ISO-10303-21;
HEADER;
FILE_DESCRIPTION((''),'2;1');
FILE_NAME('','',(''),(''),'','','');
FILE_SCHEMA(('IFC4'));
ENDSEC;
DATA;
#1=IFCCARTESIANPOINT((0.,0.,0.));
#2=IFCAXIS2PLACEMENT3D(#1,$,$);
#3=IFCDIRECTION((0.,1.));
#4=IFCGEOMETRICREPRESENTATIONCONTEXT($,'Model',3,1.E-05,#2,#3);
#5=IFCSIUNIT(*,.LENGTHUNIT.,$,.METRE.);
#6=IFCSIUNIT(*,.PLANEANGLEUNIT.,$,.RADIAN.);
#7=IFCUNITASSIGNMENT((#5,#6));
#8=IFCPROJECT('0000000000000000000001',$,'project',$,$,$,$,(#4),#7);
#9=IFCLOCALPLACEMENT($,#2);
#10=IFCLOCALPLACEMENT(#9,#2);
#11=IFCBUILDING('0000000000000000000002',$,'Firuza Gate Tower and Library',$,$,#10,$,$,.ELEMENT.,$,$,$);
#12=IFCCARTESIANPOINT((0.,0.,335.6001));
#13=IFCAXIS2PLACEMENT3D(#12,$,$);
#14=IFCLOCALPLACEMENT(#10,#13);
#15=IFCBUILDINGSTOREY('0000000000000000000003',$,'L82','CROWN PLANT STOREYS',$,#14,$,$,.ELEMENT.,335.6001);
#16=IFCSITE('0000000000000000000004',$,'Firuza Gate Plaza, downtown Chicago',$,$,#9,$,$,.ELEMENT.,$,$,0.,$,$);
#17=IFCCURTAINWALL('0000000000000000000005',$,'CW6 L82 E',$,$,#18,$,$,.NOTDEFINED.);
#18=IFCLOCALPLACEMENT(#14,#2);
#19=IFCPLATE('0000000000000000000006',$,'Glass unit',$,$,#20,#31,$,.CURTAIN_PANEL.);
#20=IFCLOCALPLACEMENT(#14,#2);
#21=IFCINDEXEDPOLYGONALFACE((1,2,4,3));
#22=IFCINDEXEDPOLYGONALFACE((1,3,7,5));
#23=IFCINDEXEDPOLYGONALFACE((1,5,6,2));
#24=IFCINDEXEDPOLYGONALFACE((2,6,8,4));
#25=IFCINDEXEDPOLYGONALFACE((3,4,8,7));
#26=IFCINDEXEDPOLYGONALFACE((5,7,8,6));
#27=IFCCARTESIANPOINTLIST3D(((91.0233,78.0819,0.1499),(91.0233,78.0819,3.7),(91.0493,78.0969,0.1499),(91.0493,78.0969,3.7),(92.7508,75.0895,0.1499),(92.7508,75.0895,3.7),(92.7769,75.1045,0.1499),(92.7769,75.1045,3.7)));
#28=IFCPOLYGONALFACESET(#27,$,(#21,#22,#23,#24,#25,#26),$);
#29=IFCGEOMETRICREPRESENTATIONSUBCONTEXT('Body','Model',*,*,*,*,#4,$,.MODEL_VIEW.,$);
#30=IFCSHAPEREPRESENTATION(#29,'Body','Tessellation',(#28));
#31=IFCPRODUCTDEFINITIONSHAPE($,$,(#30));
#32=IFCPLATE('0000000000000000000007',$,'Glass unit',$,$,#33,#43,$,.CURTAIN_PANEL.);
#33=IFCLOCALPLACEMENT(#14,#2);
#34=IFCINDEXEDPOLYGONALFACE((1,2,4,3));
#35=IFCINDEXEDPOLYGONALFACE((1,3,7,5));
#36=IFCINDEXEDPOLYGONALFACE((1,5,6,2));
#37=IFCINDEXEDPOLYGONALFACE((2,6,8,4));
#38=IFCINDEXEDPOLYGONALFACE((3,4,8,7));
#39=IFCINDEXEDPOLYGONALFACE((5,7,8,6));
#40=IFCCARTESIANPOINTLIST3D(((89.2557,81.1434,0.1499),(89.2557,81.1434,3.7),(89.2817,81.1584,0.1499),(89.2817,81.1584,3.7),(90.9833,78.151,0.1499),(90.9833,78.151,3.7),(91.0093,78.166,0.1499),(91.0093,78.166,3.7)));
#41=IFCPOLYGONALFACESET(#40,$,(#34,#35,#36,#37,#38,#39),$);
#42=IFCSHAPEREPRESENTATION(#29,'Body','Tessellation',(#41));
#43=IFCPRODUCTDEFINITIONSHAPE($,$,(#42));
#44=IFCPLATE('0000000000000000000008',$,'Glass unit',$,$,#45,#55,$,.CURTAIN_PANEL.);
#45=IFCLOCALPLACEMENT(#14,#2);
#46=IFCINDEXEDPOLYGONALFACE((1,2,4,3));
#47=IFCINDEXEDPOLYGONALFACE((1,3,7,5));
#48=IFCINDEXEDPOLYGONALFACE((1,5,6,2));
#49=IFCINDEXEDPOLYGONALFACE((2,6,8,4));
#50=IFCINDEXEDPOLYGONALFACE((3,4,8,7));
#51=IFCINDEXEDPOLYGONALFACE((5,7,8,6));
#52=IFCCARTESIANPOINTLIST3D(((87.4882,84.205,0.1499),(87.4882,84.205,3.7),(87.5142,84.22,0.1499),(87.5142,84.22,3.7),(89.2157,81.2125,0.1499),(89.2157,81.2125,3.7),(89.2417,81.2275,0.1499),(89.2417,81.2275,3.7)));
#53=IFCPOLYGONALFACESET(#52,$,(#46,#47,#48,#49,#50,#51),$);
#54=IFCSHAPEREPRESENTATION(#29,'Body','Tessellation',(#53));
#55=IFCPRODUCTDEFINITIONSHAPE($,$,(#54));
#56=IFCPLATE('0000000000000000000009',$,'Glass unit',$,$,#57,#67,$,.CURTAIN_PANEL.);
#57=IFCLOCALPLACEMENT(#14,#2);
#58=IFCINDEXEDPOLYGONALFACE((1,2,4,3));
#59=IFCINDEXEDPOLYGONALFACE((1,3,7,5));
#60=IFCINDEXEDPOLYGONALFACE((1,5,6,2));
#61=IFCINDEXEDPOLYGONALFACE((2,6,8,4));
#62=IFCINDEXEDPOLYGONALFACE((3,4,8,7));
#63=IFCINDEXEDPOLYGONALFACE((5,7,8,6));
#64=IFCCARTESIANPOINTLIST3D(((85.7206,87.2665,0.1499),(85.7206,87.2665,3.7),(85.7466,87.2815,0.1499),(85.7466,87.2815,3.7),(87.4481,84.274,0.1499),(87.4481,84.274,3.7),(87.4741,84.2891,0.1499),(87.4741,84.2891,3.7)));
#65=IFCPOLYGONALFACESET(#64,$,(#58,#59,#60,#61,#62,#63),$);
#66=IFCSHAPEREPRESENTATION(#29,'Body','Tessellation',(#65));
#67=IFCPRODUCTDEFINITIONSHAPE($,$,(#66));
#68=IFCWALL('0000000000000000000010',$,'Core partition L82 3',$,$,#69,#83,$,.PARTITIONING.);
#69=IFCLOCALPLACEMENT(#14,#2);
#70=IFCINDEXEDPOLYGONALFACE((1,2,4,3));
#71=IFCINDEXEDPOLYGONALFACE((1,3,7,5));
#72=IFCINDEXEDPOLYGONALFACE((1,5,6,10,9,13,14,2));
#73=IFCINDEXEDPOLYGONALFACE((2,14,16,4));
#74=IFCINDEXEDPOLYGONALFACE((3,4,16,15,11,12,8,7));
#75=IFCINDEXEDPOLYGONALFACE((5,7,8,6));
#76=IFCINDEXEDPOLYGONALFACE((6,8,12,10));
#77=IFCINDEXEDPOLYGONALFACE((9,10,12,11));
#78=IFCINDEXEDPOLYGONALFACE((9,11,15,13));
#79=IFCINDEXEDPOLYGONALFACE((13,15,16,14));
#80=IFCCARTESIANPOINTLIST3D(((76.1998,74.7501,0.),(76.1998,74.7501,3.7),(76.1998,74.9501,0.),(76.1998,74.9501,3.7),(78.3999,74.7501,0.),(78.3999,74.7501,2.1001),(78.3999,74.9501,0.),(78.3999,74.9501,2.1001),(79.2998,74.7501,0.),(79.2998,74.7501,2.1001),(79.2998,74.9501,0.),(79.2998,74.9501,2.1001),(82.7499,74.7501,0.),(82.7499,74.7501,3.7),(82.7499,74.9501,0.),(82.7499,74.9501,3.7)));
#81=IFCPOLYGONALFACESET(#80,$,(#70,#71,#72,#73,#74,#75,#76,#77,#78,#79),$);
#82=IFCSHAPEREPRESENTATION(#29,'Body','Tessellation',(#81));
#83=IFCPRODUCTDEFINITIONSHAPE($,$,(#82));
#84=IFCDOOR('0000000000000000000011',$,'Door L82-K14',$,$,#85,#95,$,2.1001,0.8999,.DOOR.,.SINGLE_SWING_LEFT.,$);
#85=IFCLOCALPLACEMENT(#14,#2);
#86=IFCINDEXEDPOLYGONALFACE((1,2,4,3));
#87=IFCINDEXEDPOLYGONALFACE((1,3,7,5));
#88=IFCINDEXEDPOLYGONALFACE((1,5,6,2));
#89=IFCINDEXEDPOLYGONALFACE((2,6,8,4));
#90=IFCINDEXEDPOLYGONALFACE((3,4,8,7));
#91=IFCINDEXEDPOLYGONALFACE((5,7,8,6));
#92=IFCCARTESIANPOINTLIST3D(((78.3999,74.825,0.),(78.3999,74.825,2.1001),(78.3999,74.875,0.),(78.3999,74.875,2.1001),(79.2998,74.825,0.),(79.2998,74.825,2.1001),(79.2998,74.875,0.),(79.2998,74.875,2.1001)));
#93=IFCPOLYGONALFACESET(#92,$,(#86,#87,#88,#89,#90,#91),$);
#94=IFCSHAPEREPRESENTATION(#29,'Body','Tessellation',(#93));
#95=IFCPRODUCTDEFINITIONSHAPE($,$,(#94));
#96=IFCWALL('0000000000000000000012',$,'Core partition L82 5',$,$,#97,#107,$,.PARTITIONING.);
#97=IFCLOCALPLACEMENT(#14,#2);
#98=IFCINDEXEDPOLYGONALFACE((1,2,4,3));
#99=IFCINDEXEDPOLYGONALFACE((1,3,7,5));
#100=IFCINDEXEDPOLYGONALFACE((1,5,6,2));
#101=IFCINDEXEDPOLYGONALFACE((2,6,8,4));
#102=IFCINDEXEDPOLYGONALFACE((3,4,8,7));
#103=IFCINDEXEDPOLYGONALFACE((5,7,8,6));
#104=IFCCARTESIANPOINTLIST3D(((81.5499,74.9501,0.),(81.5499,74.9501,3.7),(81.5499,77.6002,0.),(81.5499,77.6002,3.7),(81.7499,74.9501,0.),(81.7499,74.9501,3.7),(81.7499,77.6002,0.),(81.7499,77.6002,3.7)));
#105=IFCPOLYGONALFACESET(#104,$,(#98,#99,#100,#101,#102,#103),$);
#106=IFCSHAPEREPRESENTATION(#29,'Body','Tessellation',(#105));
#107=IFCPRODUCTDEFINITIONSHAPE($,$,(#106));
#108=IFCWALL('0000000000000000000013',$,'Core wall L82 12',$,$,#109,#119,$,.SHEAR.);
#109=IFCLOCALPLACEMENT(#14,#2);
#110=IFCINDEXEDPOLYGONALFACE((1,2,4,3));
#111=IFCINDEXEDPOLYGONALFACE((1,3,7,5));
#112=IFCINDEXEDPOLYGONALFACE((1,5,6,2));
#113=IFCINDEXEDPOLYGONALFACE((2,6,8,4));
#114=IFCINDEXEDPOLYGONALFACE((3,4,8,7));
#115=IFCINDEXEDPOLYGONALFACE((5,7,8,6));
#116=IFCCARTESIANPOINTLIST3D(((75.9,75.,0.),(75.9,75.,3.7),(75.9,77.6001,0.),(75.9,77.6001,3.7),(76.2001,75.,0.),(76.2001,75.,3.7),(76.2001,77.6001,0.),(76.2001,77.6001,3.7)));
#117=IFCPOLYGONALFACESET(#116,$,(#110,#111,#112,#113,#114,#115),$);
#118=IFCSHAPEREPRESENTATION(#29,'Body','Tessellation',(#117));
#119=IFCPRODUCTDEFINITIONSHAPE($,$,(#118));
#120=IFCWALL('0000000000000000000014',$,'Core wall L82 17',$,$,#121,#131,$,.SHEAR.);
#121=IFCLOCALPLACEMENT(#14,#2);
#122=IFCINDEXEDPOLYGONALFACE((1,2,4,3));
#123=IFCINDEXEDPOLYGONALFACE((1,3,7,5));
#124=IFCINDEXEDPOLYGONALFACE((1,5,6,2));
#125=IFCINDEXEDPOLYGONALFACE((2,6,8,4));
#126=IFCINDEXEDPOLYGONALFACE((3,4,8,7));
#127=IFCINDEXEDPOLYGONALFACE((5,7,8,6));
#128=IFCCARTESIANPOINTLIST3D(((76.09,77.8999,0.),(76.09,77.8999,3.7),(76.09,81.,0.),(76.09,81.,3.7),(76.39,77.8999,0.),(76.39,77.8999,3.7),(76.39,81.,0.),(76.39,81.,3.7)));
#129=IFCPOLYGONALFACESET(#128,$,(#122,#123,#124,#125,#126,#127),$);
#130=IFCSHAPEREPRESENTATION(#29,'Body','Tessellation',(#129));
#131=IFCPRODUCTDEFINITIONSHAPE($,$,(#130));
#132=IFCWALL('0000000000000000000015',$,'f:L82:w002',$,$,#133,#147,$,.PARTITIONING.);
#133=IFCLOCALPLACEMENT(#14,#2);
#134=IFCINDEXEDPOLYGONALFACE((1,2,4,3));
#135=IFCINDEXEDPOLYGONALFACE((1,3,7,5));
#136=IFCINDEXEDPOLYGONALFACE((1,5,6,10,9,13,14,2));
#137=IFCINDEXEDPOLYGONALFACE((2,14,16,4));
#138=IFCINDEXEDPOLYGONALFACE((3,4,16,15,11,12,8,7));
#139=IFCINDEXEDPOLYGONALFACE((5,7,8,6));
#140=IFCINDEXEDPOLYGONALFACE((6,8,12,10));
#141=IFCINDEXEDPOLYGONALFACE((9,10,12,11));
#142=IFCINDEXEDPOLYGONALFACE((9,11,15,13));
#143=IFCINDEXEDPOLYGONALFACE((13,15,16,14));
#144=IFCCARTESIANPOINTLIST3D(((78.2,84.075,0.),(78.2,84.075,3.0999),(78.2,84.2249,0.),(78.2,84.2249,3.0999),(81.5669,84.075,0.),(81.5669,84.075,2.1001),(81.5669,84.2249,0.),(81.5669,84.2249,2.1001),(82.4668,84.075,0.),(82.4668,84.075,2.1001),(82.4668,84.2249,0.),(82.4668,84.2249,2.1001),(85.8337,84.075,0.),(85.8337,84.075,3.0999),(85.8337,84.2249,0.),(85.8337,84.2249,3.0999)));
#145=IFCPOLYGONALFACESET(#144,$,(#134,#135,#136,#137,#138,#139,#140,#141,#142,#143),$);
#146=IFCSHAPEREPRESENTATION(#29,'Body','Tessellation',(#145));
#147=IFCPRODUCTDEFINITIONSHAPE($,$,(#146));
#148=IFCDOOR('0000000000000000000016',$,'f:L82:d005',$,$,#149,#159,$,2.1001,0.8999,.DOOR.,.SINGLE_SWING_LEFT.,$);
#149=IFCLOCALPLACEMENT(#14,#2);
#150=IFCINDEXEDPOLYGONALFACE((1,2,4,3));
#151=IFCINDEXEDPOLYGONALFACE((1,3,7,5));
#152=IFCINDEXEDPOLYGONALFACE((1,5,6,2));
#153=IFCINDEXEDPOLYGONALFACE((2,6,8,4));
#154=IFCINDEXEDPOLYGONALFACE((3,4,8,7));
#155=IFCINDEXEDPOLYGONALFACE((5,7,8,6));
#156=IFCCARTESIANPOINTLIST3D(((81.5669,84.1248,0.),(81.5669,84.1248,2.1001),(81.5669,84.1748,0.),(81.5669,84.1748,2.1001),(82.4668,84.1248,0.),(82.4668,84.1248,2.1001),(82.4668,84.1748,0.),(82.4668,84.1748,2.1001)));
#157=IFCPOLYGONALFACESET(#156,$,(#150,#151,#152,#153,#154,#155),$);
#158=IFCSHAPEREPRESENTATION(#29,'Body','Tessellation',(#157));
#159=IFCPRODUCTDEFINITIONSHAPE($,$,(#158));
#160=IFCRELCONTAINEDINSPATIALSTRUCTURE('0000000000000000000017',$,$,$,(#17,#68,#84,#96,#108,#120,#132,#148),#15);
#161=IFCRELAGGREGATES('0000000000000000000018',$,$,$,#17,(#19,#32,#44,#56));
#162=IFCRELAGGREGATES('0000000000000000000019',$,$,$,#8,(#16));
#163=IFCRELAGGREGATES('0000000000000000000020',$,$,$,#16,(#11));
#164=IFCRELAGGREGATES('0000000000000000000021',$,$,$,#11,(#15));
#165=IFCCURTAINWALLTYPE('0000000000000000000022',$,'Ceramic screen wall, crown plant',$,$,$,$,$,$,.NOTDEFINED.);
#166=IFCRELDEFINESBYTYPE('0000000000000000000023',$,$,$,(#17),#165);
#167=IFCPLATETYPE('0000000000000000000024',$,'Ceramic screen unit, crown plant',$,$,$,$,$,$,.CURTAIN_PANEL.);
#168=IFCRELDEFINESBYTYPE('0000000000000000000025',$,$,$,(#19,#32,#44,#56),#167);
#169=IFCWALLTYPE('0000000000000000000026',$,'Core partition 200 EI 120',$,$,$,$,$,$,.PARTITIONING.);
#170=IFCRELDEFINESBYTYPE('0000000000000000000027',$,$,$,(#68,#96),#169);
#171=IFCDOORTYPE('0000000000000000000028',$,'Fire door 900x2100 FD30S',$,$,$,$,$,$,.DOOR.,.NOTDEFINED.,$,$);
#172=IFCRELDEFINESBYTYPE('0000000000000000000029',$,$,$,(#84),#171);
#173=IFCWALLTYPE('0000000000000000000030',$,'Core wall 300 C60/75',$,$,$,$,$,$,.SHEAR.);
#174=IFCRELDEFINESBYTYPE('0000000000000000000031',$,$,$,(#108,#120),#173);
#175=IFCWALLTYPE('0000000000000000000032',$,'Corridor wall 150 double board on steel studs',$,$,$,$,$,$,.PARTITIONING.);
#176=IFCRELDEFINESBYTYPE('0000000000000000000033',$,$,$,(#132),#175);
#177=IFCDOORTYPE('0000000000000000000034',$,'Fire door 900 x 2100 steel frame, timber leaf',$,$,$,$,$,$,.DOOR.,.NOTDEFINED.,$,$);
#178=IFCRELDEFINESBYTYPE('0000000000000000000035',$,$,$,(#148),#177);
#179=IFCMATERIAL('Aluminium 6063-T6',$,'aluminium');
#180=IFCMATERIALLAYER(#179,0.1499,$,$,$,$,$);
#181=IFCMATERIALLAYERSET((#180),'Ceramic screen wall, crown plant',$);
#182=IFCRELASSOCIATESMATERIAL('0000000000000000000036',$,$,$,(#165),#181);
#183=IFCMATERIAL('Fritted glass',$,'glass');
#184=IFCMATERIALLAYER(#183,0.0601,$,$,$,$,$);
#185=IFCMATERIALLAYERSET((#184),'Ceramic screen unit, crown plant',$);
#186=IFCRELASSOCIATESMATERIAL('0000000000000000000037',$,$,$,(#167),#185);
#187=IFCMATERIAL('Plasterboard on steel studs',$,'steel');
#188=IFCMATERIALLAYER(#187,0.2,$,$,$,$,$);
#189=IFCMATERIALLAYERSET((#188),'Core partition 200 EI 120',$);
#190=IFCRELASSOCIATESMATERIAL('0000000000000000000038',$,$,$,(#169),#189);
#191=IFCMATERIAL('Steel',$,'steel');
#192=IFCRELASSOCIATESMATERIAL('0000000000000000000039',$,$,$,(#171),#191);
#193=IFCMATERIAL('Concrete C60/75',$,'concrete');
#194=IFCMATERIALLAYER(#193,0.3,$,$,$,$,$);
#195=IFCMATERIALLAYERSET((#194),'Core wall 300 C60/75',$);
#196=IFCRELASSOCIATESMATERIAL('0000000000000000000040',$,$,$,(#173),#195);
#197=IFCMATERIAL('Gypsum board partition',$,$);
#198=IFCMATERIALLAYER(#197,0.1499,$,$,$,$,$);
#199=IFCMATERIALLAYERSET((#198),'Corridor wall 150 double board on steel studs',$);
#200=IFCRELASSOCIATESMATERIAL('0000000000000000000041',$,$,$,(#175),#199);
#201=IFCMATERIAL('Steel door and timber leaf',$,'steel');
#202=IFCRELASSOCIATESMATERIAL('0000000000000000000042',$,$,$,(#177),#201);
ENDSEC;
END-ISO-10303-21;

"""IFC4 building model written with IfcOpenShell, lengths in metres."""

from ifc_helpers import new_model, si_unit, direction, frame, frame_2d, origin, place, context, subcontext, project, spatial, polyline, rectangle, outline, extrude, material, layer, layer_set, type_object, element, fill, aggregate, save


model = new_model("IFC4")

# Units and contexts
model_context = context("Model", 3, precision=1e-05, world=origin(), true_north=direction((0.0, 1.0)))
body_context = subcontext(model_context, "Body", "Model", "MODEL_VIEW")
ifc_project = project(units=[si_unit("LENGTHUNIT", "METRE"), si_unit("PLANEANGLEUNIT", "RADIAN")], contexts=[model_context])

# Site, building, storey
site_placement = place(None, origin())
site = spatial("IfcSite", under=ifc_project, at=site_placement, Name="Firuza Gate Plaza, downtown Chicago", CompositionType="ELEMENT", RefElevation=0.0)
building_placement = place(site_placement, origin())
building = spatial("IfcBuilding", under=site, at=building_placement, Name="Firuza Gate Tower and Library", CompositionType="ELEMENT")
storey_placement = place(building_placement, frame((0.0, 0.0, 335.6001)))
storey = spatial("IfcBuildingStorey", under=building, at=storey_placement, Name="L82", Description="CROWN PLANT STOREYS", CompositionType="ELEMENT", Elevation=335.6001)

# Curtain wall
ifc_material_1 = material(Name="Aluminium 6063-T6", Category="aluminium")
ifc_layer_1 = layer(ifc_material_1, 0.1499)
ifc_layer_set_1 = layer_set([ifc_layer_1], Name="Ceramic screen wall, crown plant")
curtain_wall_type = type_object("IfcCurtainWallType", Name="Ceramic screen wall, crown plant", PredefinedType="NOTDEFINED", material=ifc_layer_set_1)
placement = place(storey_placement, origin())
curtain_wall = element("IfcCurtainWall", 1, at=placement, inside=storey, type_object=curtain_wall_type, Name="CW6 L82 E", PredefinedType="NOTDEFINED")

# Plates
ifc_material_2 = material(Name="Fritted glass", Category="glass")
ifc_layer_2 = layer(ifc_material_2, 0.0601)
ifc_layer_set_2 = layer_set([ifc_layer_2], Name="Ceramic screen unit, crown plant")
plate_type = type_object("IfcPlateType", Name="Ceramic screen unit, crown plant", PredefinedType="CURTAIN_PANEL", material=ifc_layer_set_2)
plate_1_placement = place(storey_placement, frame((92.7769, 75.1045, 0.1499), z_axis=(0.866043, 0.499969, 0.0), x_axis=(-0.499969, 0.866043, 0.0)))
plate_1 = element("IfcPlate", 2, at=plate_1_placement, type_object=plate_type, Name="Glass unit", PredefinedType="CURTAIN_PANEL", context=body_context, shape_type="SweptSolid", body=[
    extrude(outline(polyline([(0.0, 0.0), (3.4553, 0.0), (3.4553, 3.55), (0.0, 3.55), (0.0, 0.0)])), origin(), (0.0, 0.0, -1.0), 0.03),
])
plate_2_placement = place(storey_placement, frame((91.0093, 78.166, 0.1499), z_axis=(0.866043, 0.499969, 0.0), x_axis=(-0.499969, 0.866043, 0.0)))
plate_2 = element("IfcPlate", 3, at=plate_2_placement, type_object=plate_type, Name="Glass unit", PredefinedType="CURTAIN_PANEL", context=body_context, shape_type="SweptSolid", body=[
    extrude(outline(polyline([(0.0, 0.0), (3.4553, 0.0), (3.4553, 3.55), (0.0, 3.55), (0.0, 0.0)])), origin(), (0.0, 0.0, -1.0), 0.03),
])
plate_3_placement = place(storey_placement, frame((89.2417, 81.2275, 0.1499), z_axis=(0.866043, 0.499969, 0.0), x_axis=(-0.499969, 0.866043, 0.0)))
plate_3 = element("IfcPlate", 4, at=plate_3_placement, type_object=plate_type, Name="Glass unit", PredefinedType="CURTAIN_PANEL", context=body_context, shape_type="SweptSolid", body=[
    extrude(outline(polyline([(0.0, 0.0), (3.4553, 0.0), (3.4553, 3.55), (0.0, 3.55), (0.0, 0.0)])), origin(), (0.0, 0.0, -1.0), 0.03),
])
plate_4_placement = place(storey_placement, frame((87.4741, 84.2891, 0.1499), z_axis=(0.866043, 0.499969, 0.0), x_axis=(-0.499969, 0.866043, 0.0)))
plate_4 = element("IfcPlate", 5, at=plate_4_placement, type_object=plate_type, Name="Glass unit", PredefinedType="CURTAIN_PANEL", context=body_context, shape_type="SweptSolid", body=[
    extrude(outline(polyline([(0.0, 0.0), (3.4553, 0.0), (3.4553, 3.55), (0.0, 3.55), (0.0, 0.0)])), origin(), (0.0, 0.0, -1.0), 0.03),
])
aggregate(curtain_wall, [plate_1, plate_2, plate_3, plate_4])

# Wall, opening, door
ifc_material_3 = material(Name="Plasterboard on steel studs", Category="steel")
ifc_layer_3 = layer(ifc_material_3, 0.2)
ifc_layer_set_3 = layer_set([ifc_layer_3], Name="Core partition 200 EI 120")
wall_type_1 = type_object("IfcWallType", Name="Core partition 200 EI 120", PredefinedType="PARTITIONING", material=ifc_layer_set_3)
wall_1_placement = place(storey_placement, frame((76.2, 74.8501, 0.0), z_axis=(0.0, 0.0, 1.0), x_axis=(1.0, 0.0, 0.0)))
wall_1 = element("IfcWall", 6, at=wall_1_placement, inside=storey, type_object=wall_type_1, Name="Core partition L82 3", PredefinedType="PARTITIONING", context=body_context, shape_type="SweptSolid", body=[
    extrude(rectangle(XDim=6.55, YDim=0.2, at=frame_2d((3.2749, 0.0))), origin(), (0.0, 0.0, 1.0), 3.7),
])
opening_1_placement = place(wall_1_placement, frame((2.2, 0.0, 0.0)))
opening_1 = element("IfcOpeningElement", 7, at=opening_1_placement, cuts=wall_1, PredefinedType="OPENING", context=body_context, shape_type="SweptSolid", body=[
    extrude(rectangle(XDim=0.8999, YDim=2.1001, at=frame_2d((0.45, 1.05))), frame((0.0, 0.1099, 0.0), z_axis=(0.0, -1.0, 0.0), x_axis=(1.0, 0.0, 0.0)), (0.0, 0.0, 1.0), 0.22),
])
ifc_material_4 = material(Name="Steel", Category="steel")
door_type_1 = type_object("IfcDoorType", Name="Fire door 900x2100 FD30S", OperationType="NOTDEFINED", PredefinedType="DOOR", material=ifc_material_4)
door_1_placement = place(opening_1_placement, origin())
door_1 = element("IfcDoor", 8, at=door_1_placement, inside=storey, type_object=door_type_1, Name="Door L82-K14", OperationType="SINGLE_SWING_LEFT", OverallHeight=2.1001, OverallWidth=0.8999, PredefinedType="DOOR", context=body_context, shape_type="SweptSolid", body=[
    extrude(rectangle(XDim=0.8999, YDim=2.1001, at=frame_2d((0.45, 1.05))), frame((0.0, 0.0249, 0.0), z_axis=(0.0, -1.0, 0.0), x_axis=(1.0, 0.0, 0.0)), (0.0, 0.0, 1.0), 0.05),
])
fill(opening_1, door_1)

# Walls
wall_2_placement = place(storey_placement, frame((81.6499, 74.95, 0.0), z_axis=(0.0, 0.0, 1.0), x_axis=(0.0, 1.0, 0.0)))
element("IfcWall", 9, at=wall_2_placement, inside=storey, type_object=wall_type_1, Name="Core partition L82 5", PredefinedType="PARTITIONING", context=body_context, shape_type="SweptSolid", body=[
    extrude(rectangle(XDim=2.6501, YDim=0.2, at=frame_2d((1.3252, 0.0))), origin(), (0.0, 0.0, 1.0), 3.7),
])
ifc_material_5 = material(Name="Concrete C60/75", Category="concrete")
ifc_layer_4 = layer(ifc_material_5, 0.3)
ifc_layer_set_4 = layer_set([ifc_layer_4], Name="Core wall 300 C60/75")
wall_type_2 = type_object("IfcWallType", Name="Core wall 300 C60/75", PredefinedType="SHEAR", material=ifc_layer_set_4)
wall_3_placement = place(storey_placement, frame((76.05, 75.0, 0.0), z_axis=(0.0, 0.0, 1.0), x_axis=(0.0, 1.0, 0.0)))
element("IfcWall", 10, at=wall_3_placement, inside=storey, type_object=wall_type_2, Name="Core wall L82 12", PredefinedType="SHEAR", context=body_context, shape_type="SweptSolid", body=[
    extrude(rectangle(XDim=2.6001, YDim=0.3, at=frame_2d((1.3, 0.0))), origin(), (0.0, 0.0, 1.0), 3.7),
])
wall_4_placement = place(storey_placement, frame((76.24, 77.8999, 0.0), z_axis=(0.0, 0.0, 1.0), x_axis=(0.0, 1.0, 0.0)))
element("IfcWall", 11, at=wall_4_placement, inside=storey, type_object=wall_type_2, Name="Core wall L82 17", PredefinedType="SHEAR", context=body_context, shape_type="SweptSolid", body=[
    extrude(rectangle(XDim=3.1001, YDim=0.3, at=frame_2d((1.55, 0.0))), origin(), (0.0, 0.0, 1.0), 3.7),
])

# Wall, opening, door
ifc_material_6 = material(Name="Gypsum board partition")
ifc_layer_5 = layer(ifc_material_6, 0.1499)
ifc_layer_set_5 = layer_set([ifc_layer_5], Name="Corridor wall 150 double board on steel studs")
wall_type_3 = type_object("IfcWallType", Name="Corridor wall 150 double board on steel studs", PredefinedType="PARTITIONING", material=ifc_layer_set_5)
wall_5_placement = place(storey_placement, frame((78.2, 84.1499, 0.0), z_axis=(0.0, 0.0, 1.0), x_axis=(1.0, 0.0, 0.0)))
wall_5 = element("IfcWall", 12, at=wall_5_placement, inside=storey, type_object=wall_type_3, Name="f:L82:w002", PredefinedType="PARTITIONING", context=body_context, shape_type="SweptSolid", body=[
    extrude(rectangle(XDim=7.6338, YDim=0.1499, at=frame_2d((3.8169, 0.0))), origin(), (0.0, 0.0, 1.0), 3.0999),
])
opening_2_placement = place(wall_5_placement, frame((3.3669, 0.0, 0.0)))
opening_2 = element("IfcOpeningElement", 13, at=opening_2_placement, cuts=wall_5, PredefinedType="OPENING", context=body_context, shape_type="SweptSolid", body=[
    extrude(rectangle(XDim=0.8999, YDim=2.1001, at=frame_2d((0.45, 1.05))), frame((0.0, 0.085, 0.0), z_axis=(0.0, -1.0, 0.0), x_axis=(1.0, 0.0, 0.0)), (0.0, 0.0, 1.0), 0.1699),
])
ifc_material_7 = material(Name="Steel door and timber leaf", Category="steel")
door_type_2 = type_object("IfcDoorType", Name="Fire door 900 x 2100 steel frame, timber leaf", OperationType="NOTDEFINED", PredefinedType="DOOR", material=ifc_material_7)
door_2_placement = place(opening_2_placement, origin())
door_2 = element("IfcDoor", 14, at=door_2_placement, inside=storey, type_object=door_type_2, Name="f:L82:d005", OperationType="SINGLE_SWING_LEFT", OverallHeight=2.1001, OverallWidth=0.8999, PredefinedType="DOOR", context=body_context, shape_type="SweptSolid", body=[
    extrude(rectangle(XDim=0.8999, YDim=2.1001, at=frame_2d((0.45, 1.05))), frame((0.0, 0.0249, 0.0), z_axis=(0.0, -1.0, 0.0), x_axis=(1.0, 0.0, 0.0)), (0.0, 0.0, 1.0), 0.05),
])
fill(opening_2, door_2)

save(model, "model.ifc")
